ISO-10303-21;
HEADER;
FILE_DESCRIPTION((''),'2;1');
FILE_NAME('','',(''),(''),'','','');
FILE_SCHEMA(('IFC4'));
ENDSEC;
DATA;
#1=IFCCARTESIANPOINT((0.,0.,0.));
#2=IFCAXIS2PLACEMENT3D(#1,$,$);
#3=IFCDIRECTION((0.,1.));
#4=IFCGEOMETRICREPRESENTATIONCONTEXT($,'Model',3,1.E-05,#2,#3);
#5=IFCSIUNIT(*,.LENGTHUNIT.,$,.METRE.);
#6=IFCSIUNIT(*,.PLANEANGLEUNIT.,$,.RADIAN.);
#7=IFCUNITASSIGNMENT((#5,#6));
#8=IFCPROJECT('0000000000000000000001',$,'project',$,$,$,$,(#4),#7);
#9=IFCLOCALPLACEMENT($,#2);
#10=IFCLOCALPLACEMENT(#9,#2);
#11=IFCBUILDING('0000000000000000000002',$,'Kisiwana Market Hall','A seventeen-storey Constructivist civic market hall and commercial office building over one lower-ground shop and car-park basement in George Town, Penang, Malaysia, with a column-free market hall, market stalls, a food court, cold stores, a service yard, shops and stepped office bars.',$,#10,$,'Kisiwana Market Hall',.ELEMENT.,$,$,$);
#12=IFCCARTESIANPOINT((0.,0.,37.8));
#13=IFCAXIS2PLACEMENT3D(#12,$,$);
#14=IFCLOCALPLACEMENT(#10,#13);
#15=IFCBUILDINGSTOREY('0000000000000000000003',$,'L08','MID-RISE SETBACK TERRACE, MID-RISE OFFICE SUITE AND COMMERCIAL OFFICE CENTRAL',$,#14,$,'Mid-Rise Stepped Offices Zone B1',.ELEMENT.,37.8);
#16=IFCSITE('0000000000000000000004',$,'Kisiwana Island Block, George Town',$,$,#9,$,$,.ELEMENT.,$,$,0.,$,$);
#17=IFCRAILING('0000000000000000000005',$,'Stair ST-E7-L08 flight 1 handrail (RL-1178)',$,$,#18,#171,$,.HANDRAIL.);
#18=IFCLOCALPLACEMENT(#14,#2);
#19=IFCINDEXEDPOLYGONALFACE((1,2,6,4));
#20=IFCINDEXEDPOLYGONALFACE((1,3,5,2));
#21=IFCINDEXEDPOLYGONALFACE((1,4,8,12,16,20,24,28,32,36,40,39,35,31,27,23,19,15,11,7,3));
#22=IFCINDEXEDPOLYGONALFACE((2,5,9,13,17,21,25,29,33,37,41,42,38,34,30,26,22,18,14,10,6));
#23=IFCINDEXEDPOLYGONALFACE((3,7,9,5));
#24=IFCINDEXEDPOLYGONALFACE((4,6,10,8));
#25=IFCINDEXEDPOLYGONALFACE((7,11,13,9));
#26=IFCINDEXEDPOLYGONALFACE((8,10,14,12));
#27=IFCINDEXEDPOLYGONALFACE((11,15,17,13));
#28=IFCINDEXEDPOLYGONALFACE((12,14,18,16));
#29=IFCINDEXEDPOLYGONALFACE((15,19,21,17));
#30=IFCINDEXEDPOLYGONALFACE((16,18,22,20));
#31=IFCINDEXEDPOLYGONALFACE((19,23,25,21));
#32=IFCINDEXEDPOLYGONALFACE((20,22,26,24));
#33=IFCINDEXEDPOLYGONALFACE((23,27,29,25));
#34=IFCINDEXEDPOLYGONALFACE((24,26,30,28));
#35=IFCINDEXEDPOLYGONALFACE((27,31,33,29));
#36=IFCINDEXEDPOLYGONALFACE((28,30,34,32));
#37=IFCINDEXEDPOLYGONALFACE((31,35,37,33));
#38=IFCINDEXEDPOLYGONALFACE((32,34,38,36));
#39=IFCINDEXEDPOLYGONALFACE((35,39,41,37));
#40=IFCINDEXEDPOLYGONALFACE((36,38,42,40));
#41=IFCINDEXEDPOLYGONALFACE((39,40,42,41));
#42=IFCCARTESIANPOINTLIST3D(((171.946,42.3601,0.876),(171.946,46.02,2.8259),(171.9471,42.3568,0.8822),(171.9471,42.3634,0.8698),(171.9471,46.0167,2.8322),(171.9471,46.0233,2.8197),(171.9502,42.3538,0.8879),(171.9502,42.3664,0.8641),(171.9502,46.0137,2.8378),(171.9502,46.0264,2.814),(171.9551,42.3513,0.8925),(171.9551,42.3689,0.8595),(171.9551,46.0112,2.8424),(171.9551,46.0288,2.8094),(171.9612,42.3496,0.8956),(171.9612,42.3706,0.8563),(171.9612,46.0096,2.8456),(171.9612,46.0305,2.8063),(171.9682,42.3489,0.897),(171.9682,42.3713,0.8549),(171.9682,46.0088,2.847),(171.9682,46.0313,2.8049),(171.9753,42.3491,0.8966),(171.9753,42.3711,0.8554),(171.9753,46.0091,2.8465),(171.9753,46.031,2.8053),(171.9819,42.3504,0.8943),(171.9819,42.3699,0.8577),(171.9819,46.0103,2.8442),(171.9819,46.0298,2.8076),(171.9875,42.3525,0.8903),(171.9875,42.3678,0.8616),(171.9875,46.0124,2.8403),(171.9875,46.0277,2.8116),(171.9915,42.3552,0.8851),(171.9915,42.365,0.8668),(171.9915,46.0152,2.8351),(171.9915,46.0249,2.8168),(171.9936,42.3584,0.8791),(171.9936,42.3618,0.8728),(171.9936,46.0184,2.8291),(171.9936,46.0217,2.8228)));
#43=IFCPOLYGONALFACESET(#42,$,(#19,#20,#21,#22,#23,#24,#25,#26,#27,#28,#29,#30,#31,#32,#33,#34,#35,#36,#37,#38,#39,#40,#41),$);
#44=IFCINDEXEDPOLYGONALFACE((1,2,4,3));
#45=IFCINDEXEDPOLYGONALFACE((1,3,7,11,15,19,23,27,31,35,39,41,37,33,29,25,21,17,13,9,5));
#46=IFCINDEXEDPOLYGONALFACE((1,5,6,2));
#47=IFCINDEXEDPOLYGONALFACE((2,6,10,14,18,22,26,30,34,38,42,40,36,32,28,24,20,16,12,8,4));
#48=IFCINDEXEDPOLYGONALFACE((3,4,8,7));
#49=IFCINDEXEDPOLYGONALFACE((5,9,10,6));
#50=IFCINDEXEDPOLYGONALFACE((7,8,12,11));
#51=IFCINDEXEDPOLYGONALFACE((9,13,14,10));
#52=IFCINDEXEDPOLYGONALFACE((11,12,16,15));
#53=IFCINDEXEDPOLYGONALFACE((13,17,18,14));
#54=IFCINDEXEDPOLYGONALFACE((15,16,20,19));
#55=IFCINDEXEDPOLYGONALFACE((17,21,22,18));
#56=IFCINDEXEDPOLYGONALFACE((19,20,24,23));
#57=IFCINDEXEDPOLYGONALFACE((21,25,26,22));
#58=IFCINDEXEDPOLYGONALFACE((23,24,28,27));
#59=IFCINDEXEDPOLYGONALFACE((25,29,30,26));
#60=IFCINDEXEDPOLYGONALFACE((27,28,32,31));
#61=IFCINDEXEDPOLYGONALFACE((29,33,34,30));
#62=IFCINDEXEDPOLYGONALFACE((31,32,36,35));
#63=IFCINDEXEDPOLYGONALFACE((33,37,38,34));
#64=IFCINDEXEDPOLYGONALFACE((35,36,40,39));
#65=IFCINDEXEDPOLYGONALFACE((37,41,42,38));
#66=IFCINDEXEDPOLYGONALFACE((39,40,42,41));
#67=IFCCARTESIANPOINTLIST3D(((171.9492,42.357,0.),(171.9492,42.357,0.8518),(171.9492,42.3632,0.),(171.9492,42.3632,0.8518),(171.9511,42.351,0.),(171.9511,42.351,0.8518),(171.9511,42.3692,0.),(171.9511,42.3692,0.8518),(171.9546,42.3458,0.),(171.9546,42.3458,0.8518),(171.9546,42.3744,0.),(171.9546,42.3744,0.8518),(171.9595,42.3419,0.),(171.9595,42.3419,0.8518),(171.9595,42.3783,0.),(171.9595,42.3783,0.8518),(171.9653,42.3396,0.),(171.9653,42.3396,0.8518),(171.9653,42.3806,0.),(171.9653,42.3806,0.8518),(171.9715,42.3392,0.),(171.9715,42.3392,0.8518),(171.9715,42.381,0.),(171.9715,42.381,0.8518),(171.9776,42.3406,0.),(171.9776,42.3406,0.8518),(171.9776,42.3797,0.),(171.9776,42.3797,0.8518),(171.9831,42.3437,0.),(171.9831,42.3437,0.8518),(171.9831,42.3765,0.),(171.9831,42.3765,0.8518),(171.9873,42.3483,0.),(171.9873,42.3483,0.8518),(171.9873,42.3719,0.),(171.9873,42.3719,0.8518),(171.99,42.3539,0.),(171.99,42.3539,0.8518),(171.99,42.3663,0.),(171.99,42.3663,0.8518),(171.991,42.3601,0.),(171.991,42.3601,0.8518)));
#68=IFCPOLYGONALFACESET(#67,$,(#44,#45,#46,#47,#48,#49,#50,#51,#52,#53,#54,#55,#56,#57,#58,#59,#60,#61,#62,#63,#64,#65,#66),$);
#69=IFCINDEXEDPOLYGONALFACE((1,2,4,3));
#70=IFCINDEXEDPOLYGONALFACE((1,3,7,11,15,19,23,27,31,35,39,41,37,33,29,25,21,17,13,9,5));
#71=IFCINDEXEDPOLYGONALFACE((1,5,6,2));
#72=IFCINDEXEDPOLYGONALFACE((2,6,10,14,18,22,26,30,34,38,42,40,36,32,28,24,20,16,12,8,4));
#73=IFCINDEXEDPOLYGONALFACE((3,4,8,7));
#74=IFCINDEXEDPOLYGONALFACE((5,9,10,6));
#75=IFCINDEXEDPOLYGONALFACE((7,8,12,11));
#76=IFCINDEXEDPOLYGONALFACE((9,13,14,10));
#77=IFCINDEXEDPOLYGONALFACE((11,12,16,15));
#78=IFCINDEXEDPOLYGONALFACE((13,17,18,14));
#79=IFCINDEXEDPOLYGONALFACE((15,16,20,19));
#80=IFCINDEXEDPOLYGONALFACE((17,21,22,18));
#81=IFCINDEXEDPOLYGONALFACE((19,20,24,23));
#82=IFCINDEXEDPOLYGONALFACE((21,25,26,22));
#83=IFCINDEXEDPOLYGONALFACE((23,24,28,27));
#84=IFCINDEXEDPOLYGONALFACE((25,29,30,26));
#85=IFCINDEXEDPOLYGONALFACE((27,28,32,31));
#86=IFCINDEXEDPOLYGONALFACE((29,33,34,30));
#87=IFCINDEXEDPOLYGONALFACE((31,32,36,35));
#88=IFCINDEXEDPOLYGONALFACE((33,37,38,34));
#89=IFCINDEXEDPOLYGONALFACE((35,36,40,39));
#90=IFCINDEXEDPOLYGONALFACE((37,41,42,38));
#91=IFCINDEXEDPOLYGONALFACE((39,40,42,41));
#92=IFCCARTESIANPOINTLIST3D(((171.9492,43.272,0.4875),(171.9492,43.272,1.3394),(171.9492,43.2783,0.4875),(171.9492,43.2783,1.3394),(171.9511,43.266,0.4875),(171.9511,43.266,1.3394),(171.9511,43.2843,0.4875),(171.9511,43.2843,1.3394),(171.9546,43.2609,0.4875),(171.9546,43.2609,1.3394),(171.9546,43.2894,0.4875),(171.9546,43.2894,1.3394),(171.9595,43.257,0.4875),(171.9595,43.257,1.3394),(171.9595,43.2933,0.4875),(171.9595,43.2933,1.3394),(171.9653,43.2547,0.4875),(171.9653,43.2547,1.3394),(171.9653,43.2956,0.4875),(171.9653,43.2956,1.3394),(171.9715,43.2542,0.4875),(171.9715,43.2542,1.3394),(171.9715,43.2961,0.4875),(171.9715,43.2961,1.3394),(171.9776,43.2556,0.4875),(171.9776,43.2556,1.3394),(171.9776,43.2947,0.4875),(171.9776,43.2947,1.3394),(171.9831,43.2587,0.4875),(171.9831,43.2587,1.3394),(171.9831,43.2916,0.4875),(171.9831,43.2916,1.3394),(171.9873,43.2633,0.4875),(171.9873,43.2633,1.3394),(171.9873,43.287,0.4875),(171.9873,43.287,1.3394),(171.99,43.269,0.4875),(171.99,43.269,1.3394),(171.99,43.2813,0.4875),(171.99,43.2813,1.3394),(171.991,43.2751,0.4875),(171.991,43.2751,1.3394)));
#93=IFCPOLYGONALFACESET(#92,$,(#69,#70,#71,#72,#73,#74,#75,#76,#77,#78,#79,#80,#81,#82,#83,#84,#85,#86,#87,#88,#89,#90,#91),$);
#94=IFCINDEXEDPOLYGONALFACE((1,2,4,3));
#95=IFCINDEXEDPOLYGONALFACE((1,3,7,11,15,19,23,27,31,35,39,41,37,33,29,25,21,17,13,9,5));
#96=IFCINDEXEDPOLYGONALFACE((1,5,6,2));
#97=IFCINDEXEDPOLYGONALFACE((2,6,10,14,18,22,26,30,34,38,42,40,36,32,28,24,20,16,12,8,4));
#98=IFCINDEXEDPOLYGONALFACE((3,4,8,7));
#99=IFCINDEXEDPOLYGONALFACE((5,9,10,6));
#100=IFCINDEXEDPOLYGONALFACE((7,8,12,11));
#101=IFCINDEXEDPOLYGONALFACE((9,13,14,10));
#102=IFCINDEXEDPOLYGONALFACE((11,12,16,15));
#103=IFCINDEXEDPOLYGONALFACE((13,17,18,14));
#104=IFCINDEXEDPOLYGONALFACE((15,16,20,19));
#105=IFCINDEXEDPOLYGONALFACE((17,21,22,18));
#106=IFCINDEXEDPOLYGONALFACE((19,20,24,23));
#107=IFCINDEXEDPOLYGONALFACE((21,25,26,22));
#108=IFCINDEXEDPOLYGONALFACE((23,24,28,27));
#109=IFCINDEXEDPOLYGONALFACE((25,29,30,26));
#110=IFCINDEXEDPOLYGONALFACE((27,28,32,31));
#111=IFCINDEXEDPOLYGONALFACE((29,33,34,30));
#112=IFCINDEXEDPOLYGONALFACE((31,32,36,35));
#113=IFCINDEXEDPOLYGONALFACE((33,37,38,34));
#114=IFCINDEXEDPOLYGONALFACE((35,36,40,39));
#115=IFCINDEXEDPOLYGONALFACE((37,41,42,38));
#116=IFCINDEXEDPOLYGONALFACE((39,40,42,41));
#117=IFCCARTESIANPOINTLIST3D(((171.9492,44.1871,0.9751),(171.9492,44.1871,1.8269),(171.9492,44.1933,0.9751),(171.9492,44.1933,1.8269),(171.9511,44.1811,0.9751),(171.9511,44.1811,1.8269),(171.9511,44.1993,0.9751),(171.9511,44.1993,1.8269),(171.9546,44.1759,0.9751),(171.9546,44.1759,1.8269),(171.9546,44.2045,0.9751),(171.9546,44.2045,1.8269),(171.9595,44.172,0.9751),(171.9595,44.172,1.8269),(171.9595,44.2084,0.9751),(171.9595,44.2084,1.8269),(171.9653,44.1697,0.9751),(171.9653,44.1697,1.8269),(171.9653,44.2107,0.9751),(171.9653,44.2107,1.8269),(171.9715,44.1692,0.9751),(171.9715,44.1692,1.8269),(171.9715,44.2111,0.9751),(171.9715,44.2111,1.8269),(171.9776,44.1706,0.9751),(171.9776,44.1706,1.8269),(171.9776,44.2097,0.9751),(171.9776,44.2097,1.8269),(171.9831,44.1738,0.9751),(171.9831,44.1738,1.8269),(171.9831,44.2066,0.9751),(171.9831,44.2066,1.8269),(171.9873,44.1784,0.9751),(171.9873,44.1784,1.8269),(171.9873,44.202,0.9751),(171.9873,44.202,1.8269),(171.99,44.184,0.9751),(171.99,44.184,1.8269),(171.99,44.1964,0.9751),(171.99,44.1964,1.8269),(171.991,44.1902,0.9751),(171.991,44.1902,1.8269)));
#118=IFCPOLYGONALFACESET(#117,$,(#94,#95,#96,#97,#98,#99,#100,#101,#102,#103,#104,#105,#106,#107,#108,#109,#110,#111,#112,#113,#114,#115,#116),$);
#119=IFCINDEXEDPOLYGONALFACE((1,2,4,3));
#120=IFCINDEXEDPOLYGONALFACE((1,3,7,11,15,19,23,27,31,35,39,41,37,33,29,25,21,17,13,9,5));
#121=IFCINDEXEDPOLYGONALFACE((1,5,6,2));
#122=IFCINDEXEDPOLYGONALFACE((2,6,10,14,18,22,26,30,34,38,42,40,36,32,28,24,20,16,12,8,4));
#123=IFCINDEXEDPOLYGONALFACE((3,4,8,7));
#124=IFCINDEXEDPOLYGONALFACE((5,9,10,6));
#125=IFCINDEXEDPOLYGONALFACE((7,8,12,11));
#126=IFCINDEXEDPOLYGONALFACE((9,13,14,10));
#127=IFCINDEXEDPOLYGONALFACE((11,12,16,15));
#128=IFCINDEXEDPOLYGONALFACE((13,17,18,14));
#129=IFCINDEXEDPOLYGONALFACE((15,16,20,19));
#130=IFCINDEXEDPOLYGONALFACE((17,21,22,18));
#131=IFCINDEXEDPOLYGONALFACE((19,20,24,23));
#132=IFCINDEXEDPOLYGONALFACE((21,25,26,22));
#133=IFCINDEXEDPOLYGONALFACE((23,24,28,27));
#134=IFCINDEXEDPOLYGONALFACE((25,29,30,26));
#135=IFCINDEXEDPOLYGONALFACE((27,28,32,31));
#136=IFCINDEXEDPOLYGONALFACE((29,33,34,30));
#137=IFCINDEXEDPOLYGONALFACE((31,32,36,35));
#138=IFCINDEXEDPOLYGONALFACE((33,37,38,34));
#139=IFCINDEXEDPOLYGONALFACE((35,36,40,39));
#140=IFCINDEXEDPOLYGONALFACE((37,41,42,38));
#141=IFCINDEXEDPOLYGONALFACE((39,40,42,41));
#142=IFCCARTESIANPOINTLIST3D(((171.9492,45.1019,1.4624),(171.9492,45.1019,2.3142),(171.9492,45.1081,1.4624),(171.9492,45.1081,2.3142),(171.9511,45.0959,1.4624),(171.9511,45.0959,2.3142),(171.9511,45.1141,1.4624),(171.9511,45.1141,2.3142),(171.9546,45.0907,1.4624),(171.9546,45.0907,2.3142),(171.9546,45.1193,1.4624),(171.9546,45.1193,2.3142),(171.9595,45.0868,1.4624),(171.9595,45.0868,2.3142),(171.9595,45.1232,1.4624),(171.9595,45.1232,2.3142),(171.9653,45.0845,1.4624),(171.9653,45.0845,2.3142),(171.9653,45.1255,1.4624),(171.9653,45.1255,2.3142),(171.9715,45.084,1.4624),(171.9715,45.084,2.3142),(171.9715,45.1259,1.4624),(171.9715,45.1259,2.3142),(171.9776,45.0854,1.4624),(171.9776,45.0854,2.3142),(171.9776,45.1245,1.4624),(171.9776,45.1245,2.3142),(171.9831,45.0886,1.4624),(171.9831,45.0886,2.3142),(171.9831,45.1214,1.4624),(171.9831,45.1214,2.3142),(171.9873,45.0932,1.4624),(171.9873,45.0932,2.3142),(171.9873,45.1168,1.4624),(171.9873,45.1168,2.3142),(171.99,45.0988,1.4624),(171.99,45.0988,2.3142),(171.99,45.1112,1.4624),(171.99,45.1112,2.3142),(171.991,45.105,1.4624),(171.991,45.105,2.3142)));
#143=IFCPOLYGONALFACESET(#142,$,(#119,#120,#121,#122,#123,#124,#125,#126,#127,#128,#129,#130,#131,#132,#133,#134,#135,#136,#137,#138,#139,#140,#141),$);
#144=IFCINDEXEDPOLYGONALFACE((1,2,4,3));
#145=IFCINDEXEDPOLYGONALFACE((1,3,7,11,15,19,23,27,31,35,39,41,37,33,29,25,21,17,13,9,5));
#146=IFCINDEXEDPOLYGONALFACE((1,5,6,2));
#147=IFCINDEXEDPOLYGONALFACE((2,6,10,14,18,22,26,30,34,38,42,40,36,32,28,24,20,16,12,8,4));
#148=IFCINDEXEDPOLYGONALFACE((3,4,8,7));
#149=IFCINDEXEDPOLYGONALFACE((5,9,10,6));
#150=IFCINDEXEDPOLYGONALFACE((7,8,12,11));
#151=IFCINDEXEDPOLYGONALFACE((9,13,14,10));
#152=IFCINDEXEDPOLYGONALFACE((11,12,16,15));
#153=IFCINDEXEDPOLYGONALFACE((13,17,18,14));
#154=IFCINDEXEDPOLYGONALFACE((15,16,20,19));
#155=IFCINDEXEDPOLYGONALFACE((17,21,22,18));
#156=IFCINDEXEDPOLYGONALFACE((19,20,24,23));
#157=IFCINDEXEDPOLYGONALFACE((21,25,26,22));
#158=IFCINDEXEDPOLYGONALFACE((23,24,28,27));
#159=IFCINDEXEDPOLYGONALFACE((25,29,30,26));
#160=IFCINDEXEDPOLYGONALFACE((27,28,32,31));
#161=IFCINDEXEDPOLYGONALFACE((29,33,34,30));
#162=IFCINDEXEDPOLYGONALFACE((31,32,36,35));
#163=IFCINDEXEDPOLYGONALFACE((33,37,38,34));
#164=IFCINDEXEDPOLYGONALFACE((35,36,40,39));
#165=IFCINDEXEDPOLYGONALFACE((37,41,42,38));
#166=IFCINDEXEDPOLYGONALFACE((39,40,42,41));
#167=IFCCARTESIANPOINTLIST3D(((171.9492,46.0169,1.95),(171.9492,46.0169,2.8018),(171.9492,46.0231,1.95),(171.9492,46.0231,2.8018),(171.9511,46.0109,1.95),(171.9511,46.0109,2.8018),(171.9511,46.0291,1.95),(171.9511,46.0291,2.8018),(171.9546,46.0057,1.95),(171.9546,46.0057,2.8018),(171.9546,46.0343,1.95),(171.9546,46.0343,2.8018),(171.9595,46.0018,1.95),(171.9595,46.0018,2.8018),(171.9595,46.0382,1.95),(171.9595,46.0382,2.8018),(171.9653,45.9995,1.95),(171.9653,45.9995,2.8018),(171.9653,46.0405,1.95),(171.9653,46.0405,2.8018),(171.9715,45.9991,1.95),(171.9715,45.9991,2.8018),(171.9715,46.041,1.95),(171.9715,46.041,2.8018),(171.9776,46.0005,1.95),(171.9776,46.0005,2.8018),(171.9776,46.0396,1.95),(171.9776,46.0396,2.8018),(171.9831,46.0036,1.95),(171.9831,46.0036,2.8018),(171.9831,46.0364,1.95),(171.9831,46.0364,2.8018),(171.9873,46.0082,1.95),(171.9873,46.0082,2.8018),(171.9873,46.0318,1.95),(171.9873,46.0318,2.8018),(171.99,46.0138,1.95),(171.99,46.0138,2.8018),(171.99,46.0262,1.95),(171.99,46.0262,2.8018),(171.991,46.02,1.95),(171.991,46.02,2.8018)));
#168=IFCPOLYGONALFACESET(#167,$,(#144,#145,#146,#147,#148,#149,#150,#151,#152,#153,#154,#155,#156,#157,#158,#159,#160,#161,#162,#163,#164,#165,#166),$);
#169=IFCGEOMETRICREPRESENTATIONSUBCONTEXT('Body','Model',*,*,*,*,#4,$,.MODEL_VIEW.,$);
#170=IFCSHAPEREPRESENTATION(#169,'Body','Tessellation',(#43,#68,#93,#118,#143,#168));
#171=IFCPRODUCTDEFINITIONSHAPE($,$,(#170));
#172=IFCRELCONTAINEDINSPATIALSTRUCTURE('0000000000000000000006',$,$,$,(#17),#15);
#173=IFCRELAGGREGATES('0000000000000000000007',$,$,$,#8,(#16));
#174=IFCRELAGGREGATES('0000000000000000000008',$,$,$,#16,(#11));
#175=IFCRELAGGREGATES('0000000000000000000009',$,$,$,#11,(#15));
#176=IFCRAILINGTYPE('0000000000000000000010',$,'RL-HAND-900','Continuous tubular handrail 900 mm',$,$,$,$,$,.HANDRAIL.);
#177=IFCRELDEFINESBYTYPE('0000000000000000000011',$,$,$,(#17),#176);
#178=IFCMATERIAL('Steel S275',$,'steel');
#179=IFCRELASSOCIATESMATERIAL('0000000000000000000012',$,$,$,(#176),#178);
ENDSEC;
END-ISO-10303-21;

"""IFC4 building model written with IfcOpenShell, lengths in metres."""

from ifc_helpers import new_model, si_unit, direction, frame, origin, origin_2d, place, context, subcontext, project, spatial, circle, extrude, material, type_object, element, save


model = new_model("IFC4")

# Units and contexts
model_context = context("Model", 3, precision=1e-05, world=origin(), true_north=direction((0.0, 1.0)))
body_context = subcontext(model_context, "Body", "Model", "MODEL_VIEW")
ifc_project = project(units=[si_unit("LENGTHUNIT", "METRE"), si_unit("PLANEANGLEUNIT", "RADIAN")], contexts=[model_context])

# Site, building, storey
site_placement = place(None, origin())
site = spatial("IfcSite", under=ifc_project, at=site_placement, Name="Kisiwana Island Block, George Town", CompositionType="ELEMENT", RefElevation=0.0)
building_placement = place(site_placement, origin())
building = spatial("IfcBuilding", under=site, at=building_placement, Name="Kisiwana Market Hall", Description="A seventeen-storey Constructivist civic market hall and commercial office building over one lower-ground shop and car-park basement in George Town, Penang, Malaysia, with a column-free market hall, market stalls, a food court, cold stores, a service yard, shops and stepped office bars.", LongName="Kisiwana Market Hall", CompositionType="ELEMENT")
storey_placement = place(building_placement, frame((0.0, 0.0, 37.8)))
storey = spatial("IfcBuildingStorey", under=building, at=storey_placement, Name="L08", Description="MID-RISE SETBACK TERRACE, MID-RISE OFFICE SUITE AND COMMERCIAL OFFICE CENTRAL", LongName="Mid-Rise Stepped Offices Zone B1", CompositionType="ELEMENT", Elevation=37.8)

# Railing
ifc_material_1 = material(Name="Steel S275", Category="steel")
railing_type_1 = type_object("IfcRailingType", Name="RL-HAND-900", Description="Continuous tubular handrail 900 mm", PredefinedType="HANDRAIL", material=ifc_material_1)
railing_1_placement = place(storey_placement, frame((171.97, 42.3601, 0.0)))
element("IfcRailing", 1, at=railing_1_placement, inside=storey, type_object=railing_type_1, Name="Stair ST-E7-L08 flight 1 handrail (RL-1178)", PredefinedType="HANDRAIL", context=body_context, shape_type="SweptSolid", body=[
    extrude(circle(Radius=0.0239, at=origin_2d()), frame((0.0, 0.0, 0.876), z_axis=(0.0, 0.882553, 0.470212), x_axis=(-1.0, 0.0, 0.0)), (0.0, 0.0, 1.0), 4.147),
    extrude(circle(Radius=0.021, at=origin_2d()), origin(), (0.0, 0.0, 1.0), 0.8518),
    extrude(circle(Radius=0.021, at=origin_2d()), frame((0.0, 0.915, 0.4875)), (0.0, 0.0, 1.0), 0.8518),
    extrude(circle(Radius=0.021, at=origin_2d()), frame((0.0, 1.8301, 0.9751)), (0.0, 0.0, 1.0), 0.8518),
    extrude(circle(Radius=0.021, at=origin_2d()), frame((0.0, 2.7449, 1.4624)), (0.0, 0.0, 1.0), 0.8518),
    extrude(circle(Radius=0.021, at=origin_2d()), frame((0.0, 3.6599, 1.95)), (0.0, 0.0, 1.0), 0.8518),
])

save(model, "model.ifc")
